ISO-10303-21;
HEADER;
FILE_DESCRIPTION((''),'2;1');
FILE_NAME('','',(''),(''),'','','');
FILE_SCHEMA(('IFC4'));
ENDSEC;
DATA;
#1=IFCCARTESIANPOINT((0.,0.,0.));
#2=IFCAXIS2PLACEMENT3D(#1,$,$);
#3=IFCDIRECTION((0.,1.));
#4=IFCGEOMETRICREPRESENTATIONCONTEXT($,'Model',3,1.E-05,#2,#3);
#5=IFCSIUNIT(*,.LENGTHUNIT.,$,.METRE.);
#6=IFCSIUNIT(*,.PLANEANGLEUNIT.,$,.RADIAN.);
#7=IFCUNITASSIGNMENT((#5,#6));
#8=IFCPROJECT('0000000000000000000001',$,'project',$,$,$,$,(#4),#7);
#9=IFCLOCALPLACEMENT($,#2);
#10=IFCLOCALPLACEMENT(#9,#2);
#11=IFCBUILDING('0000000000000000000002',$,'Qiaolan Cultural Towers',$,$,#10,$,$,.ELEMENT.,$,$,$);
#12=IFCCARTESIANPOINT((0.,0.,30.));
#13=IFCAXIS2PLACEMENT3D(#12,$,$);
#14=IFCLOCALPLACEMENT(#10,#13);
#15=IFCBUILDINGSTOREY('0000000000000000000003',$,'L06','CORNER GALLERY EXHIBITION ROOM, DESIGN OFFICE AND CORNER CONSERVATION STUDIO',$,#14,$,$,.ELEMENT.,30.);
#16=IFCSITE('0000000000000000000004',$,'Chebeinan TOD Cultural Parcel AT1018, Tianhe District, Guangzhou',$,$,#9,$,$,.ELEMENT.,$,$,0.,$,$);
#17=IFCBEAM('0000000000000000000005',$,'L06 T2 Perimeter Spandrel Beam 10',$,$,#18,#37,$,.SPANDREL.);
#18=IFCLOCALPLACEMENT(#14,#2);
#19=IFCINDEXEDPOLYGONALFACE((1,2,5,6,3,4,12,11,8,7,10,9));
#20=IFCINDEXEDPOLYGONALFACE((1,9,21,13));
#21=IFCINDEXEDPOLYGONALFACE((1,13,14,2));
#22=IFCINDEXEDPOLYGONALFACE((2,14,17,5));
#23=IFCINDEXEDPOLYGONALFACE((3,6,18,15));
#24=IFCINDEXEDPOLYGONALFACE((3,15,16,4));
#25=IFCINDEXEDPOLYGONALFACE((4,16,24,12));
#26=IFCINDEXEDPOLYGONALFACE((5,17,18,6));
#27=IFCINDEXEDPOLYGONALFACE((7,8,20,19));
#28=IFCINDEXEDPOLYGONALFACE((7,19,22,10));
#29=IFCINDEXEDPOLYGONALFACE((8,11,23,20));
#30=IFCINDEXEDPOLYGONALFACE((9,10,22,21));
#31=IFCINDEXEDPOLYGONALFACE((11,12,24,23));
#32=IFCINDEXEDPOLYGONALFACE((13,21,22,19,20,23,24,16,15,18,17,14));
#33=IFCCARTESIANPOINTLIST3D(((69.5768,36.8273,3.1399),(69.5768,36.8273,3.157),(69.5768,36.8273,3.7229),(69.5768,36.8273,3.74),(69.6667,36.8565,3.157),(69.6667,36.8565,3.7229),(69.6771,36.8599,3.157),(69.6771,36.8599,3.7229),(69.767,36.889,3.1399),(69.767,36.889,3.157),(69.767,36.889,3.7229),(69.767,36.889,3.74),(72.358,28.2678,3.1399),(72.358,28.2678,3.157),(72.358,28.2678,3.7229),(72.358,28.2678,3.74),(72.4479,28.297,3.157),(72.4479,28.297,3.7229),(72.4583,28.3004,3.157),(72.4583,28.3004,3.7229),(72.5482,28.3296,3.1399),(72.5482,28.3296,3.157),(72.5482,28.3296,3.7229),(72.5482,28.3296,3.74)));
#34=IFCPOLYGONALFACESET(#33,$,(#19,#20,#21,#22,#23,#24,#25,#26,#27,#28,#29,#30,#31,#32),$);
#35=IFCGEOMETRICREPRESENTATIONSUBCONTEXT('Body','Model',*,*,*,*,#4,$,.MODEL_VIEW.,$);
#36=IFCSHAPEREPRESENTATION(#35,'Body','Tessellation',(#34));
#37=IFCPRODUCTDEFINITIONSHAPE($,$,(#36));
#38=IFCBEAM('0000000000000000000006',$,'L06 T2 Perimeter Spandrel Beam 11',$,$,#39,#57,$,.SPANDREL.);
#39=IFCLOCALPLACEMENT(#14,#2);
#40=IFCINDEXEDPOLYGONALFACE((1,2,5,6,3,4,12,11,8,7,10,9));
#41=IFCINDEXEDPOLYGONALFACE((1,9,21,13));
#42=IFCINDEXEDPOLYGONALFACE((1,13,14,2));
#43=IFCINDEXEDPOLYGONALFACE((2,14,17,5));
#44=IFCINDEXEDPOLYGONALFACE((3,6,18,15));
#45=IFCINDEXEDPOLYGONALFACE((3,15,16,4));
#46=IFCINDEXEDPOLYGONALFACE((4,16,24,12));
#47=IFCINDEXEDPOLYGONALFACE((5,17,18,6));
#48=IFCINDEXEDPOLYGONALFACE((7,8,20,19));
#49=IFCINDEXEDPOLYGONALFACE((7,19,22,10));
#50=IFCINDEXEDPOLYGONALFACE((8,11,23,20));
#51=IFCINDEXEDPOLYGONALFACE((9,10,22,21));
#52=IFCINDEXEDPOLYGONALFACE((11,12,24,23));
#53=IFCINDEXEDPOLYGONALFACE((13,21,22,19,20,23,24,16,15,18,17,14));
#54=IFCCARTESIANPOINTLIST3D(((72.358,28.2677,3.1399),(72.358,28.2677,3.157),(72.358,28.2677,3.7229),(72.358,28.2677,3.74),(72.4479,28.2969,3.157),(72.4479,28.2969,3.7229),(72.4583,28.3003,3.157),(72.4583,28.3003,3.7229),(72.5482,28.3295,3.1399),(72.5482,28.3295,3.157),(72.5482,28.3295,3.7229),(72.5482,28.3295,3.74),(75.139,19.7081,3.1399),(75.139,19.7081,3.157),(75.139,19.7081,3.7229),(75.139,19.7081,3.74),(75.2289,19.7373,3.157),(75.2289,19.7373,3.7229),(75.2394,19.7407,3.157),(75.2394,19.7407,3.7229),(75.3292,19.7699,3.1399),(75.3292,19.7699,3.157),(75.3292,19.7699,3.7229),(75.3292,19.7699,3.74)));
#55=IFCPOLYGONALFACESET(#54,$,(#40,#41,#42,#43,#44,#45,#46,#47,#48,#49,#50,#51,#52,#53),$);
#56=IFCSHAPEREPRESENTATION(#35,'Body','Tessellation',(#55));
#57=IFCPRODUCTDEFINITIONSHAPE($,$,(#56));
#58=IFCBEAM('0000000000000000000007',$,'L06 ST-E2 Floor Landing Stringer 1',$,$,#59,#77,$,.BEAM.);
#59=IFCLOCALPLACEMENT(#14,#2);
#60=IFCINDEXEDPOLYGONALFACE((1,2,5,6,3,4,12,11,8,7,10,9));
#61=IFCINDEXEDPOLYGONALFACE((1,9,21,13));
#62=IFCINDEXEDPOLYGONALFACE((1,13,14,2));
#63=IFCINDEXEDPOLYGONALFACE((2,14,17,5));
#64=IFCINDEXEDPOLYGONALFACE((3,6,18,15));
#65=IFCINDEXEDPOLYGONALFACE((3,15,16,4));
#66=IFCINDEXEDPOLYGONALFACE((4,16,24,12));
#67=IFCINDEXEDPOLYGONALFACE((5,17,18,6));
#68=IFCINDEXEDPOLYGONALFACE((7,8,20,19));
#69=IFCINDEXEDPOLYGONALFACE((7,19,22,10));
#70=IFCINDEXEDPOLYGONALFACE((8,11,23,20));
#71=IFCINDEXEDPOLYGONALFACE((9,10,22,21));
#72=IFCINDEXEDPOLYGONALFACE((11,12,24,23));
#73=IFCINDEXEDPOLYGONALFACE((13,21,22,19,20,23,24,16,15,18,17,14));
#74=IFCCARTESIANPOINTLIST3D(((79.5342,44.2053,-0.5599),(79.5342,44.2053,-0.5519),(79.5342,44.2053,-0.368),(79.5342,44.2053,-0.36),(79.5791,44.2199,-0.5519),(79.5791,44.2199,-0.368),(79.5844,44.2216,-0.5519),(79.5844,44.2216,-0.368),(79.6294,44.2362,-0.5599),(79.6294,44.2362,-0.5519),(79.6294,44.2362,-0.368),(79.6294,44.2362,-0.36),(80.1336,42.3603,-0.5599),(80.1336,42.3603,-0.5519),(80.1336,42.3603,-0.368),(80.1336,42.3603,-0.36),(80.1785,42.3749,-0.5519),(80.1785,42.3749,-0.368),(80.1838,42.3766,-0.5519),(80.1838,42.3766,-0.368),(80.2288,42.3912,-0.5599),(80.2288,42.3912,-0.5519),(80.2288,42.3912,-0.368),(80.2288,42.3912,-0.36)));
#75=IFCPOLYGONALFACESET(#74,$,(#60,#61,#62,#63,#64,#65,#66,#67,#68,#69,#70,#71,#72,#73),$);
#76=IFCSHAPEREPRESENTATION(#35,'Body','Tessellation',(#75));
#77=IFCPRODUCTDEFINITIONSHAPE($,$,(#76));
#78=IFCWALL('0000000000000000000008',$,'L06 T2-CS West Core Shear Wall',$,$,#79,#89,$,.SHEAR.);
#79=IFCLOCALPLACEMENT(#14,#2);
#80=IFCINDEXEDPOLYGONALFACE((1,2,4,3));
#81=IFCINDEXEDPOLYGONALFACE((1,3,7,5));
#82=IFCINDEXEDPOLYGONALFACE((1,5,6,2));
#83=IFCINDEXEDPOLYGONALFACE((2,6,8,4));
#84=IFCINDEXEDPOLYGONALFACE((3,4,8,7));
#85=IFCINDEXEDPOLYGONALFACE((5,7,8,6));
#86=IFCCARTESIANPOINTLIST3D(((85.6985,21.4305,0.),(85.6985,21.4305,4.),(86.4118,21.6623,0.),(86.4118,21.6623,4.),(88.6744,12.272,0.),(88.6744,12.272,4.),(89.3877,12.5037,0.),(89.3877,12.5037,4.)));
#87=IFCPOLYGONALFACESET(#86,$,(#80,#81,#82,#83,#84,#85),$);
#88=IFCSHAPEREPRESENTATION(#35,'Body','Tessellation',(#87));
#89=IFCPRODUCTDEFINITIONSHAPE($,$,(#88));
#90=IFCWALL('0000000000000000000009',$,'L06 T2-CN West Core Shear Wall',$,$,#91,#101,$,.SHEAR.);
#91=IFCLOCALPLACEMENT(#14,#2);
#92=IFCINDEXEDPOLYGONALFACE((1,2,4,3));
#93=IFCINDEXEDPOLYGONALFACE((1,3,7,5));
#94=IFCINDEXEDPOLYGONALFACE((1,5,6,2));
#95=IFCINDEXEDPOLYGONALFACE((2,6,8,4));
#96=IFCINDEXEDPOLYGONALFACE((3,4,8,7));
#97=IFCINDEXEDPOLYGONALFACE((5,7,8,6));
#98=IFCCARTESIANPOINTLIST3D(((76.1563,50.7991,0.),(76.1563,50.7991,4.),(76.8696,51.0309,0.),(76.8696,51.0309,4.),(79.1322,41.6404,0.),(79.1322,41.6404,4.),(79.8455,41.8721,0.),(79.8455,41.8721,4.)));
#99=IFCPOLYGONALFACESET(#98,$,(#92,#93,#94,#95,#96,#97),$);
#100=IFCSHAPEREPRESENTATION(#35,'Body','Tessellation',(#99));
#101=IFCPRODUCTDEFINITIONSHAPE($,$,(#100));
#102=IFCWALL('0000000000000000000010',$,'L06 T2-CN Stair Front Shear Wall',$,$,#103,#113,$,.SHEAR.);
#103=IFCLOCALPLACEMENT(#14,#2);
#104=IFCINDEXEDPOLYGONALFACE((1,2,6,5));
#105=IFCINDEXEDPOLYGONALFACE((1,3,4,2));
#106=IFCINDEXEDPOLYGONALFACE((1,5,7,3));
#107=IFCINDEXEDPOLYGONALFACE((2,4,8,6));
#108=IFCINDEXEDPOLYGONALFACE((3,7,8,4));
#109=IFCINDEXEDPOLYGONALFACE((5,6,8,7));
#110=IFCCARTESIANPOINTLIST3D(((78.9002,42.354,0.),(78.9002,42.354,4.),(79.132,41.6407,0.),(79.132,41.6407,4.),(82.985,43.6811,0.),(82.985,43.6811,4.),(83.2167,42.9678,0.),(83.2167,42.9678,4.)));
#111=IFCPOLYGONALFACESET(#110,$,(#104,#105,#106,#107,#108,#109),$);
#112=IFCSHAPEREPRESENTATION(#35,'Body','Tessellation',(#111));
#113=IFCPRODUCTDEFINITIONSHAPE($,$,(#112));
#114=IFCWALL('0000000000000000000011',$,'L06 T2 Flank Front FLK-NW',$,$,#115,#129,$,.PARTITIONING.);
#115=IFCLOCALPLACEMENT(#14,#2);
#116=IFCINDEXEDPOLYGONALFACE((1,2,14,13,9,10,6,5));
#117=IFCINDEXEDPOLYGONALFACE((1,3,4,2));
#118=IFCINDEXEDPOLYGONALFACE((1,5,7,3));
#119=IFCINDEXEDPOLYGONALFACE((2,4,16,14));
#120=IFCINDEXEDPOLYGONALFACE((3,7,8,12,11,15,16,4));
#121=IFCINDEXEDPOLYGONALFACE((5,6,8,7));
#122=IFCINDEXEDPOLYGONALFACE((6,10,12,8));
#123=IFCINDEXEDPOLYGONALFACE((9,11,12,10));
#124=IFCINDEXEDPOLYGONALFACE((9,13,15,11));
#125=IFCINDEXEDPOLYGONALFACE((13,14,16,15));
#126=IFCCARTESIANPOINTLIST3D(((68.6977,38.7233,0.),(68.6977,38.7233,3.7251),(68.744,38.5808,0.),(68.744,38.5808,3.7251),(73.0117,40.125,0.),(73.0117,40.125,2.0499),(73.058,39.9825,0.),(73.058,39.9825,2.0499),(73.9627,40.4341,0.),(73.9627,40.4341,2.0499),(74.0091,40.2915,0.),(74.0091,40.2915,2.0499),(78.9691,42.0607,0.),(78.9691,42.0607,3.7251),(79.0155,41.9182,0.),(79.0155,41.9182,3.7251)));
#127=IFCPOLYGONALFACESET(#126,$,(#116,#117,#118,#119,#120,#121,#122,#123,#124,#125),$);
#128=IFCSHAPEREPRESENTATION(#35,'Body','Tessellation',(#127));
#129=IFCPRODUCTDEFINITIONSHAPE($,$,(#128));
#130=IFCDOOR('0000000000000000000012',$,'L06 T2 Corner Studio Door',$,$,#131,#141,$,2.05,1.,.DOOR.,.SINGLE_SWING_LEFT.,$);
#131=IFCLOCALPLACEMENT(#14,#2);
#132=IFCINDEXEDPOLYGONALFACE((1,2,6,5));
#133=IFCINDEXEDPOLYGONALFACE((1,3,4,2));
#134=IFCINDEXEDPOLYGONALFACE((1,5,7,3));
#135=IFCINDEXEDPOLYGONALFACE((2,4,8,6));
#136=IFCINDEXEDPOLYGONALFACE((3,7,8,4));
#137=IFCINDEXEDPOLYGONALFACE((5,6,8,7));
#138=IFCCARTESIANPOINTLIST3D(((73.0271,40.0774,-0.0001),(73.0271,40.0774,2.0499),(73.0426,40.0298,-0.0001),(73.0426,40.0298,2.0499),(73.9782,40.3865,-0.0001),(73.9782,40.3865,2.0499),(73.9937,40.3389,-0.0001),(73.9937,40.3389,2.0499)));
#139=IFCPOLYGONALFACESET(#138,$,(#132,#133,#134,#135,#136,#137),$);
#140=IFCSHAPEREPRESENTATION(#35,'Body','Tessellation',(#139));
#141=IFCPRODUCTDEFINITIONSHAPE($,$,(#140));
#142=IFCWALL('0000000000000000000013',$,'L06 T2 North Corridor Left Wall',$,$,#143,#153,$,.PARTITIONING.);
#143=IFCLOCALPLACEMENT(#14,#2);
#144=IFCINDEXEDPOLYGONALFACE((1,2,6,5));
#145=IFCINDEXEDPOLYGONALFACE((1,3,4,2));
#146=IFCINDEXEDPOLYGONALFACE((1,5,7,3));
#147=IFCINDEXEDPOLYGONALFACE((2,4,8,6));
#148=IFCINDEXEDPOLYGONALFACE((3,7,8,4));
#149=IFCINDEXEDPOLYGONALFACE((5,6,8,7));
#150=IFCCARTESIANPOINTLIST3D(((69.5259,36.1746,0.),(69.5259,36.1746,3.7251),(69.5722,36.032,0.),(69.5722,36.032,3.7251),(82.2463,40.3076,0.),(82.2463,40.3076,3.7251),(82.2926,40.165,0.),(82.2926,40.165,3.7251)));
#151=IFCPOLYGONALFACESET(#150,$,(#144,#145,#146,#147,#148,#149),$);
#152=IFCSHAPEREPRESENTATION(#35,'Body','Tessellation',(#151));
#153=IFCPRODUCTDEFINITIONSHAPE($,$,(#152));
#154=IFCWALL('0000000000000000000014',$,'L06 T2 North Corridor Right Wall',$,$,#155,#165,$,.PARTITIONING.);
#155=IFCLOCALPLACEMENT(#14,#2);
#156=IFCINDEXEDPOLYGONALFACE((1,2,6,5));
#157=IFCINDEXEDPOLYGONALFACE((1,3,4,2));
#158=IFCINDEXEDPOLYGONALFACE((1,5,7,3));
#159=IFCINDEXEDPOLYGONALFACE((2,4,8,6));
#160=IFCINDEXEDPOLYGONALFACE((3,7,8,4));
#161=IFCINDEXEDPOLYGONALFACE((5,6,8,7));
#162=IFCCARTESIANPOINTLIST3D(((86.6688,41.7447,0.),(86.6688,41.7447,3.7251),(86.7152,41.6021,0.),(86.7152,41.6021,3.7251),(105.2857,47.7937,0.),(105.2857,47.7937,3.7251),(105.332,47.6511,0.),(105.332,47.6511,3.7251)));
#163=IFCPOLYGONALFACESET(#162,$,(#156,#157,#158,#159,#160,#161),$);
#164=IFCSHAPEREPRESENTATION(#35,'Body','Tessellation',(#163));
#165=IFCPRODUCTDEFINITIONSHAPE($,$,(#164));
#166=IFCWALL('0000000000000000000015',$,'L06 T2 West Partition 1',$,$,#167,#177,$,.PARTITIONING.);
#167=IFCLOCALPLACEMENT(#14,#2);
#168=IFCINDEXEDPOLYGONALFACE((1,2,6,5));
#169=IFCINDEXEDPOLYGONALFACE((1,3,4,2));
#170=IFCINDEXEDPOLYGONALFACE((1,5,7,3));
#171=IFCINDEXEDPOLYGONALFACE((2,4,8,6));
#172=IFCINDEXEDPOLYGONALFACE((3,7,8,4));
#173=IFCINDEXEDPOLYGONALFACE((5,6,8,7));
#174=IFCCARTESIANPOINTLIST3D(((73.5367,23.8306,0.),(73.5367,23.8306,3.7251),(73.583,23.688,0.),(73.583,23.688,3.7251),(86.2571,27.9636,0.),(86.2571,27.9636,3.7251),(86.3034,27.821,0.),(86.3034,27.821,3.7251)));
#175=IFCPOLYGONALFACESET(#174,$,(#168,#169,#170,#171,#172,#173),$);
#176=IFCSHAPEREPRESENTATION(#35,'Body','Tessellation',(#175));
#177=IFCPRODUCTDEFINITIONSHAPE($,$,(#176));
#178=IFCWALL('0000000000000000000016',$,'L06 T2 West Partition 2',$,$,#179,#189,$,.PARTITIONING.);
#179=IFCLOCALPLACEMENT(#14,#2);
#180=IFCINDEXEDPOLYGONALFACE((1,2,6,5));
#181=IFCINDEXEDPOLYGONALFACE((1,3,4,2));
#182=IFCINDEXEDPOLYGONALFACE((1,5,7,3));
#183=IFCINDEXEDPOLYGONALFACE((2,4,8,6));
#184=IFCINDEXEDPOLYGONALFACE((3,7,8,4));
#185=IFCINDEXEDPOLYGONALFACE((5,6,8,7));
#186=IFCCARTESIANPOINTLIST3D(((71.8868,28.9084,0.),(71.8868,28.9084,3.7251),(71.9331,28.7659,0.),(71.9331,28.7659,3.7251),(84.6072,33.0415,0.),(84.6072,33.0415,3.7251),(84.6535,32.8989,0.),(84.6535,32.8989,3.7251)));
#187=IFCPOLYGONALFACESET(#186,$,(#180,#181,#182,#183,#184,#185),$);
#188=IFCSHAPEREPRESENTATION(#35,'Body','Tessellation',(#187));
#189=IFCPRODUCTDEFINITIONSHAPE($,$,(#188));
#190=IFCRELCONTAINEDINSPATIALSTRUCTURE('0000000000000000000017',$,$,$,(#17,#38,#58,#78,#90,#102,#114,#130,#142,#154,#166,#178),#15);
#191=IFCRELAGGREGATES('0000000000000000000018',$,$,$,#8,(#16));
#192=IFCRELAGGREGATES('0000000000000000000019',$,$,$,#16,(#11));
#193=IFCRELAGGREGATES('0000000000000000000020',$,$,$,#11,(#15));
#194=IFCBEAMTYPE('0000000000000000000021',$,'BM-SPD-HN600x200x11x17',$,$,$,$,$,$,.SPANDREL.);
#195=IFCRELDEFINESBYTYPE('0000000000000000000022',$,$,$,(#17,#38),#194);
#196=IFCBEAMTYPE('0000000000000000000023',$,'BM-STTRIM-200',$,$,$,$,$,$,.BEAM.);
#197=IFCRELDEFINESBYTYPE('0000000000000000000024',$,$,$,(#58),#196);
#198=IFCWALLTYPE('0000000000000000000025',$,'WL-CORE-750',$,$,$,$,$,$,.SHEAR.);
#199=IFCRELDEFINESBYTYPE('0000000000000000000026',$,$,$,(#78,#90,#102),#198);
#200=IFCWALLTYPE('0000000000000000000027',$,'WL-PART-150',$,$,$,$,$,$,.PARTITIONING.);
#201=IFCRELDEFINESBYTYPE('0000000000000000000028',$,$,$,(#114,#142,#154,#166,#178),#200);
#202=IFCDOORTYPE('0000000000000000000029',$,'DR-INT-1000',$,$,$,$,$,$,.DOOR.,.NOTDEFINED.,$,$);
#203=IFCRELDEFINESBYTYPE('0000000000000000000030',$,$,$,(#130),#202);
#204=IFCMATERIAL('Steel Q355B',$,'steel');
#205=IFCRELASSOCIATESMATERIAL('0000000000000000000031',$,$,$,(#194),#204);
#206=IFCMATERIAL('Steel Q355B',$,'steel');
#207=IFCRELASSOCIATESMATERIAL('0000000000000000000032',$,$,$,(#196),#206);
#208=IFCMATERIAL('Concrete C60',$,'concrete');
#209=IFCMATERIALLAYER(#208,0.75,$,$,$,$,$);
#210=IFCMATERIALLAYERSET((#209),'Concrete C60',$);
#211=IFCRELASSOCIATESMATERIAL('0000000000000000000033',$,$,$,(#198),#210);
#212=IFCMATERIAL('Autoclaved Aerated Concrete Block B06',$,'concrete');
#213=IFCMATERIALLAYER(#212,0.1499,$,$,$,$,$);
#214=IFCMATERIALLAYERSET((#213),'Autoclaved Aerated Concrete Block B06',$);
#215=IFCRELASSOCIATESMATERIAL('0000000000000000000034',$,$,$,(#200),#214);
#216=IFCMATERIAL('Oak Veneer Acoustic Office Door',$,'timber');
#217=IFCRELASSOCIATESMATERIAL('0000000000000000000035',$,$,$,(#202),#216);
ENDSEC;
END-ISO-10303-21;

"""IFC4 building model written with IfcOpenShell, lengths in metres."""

from ifc_helpers import new_model, si_unit, direction, frame, frame_2d, origin, origin_2d, place, context, subcontext, project, spatial, rectangle, i_section, extrude, material, layer, layer_set, material_profile, profile_set, type_object, element, fill, save


model = new_model("IFC4")

# Units and contexts
model_context = context("Model", 3, precision=1e-05, world=origin(), true_north=direction((0.0, 1.0)))
body_context = subcontext(model_context, "Body", "Model", "MODEL_VIEW")
ifc_project = project(units=[si_unit("LENGTHUNIT", "METRE"), si_unit("PLANEANGLEUNIT", "RADIAN")], contexts=[model_context])

# Site, building, storey
site_placement = place(None, origin())
site = spatial("IfcSite", under=ifc_project, at=site_placement, Name="Chebeinan TOD Cultural Parcel AT1018, Tianhe District, Guangzhou", CompositionType="ELEMENT", RefElevation=0.0)
building_placement = place(site_placement, origin())
building = spatial("IfcBuilding", under=site, at=building_placement, Name="Qiaolan Cultural Towers", CompositionType="ELEMENT")
storey_placement = place(building_placement, frame((0.0, 0.0, 30.0)))
storey = spatial("IfcBuildingStorey", under=building, at=storey_placement, Name="L06", Description="CORNER GALLERY EXHIBITION ROOM, DESIGN OFFICE AND CORNER CONSERVATION STUDIO", CompositionType="ELEMENT", Elevation=30.0)

# Beams
ifc_material_1 = material(Name="Steel Q355B", Category="steel")
ifc_material_profile_1 = material_profile(ifc_material_1, i_section(OverallWidth=0.2, OverallDepth=0.6001, WebThickness=0.011, FlangeThickness=0.0171, at=origin_2d()), Name="HN600x200x11x17")
ifc_profile_set_1 = profile_set([ifc_material_profile_1], Name="Steel Q355B")
beam_type_1 = type_object("IfcBeamType", Name="BM-SPD-HN600x200x11x17", PredefinedType="SPANDREL", material=ifc_profile_set_1)
for number, where, z_axis, x_axis, name in (
    (1, (69.6719, 36.8582, 3.4399), (0.309025, -0.951054, 0.0), (0.951054, 0.309025, 0.0), "L06 T2 Perimeter Spandrel Beam 10"),
    (2, (72.4531, 28.2986, 3.4399), (0.309, -0.951062, 0.0), (0.951062, 0.309, 0.0), "L06 T2 Perimeter Spandrel Beam 11"),
):
    element("IfcBeam", number, at=place(storey_placement, frame(where, z_axis=z_axis, x_axis=x_axis)), inside=storey, type_object=beam_type_1, Name=name, PredefinedType="SPANDREL", context=body_context, shape_type="SweptSolid", body=[
        extrude(i_section(OverallWidth=0.2, OverallDepth=0.6001, WebThickness=0.011, FlangeThickness=0.0171, at=origin_2d()), origin(), (0.0, 0.0, 1.0), 9.0),
    ])
ifc_material_2 = material(Name="Steel Q355B", Category="steel")
ifc_material_profile_2 = material_profile(ifc_material_2, i_section(OverallWidth=0.1001, OverallDepth=0.2, WebThickness=0.0056, FlangeThickness=0.0081, at=origin_2d()), Name="HN200x100x5.5x8")
ifc_profile_set_2 = profile_set([ifc_material_profile_2], Name="Steel Q355B")
beam_type_2 = type_object("IfcBeamType", Name="BM-STTRIM-200", PredefinedType="BEAM", material=ifc_profile_set_2)
beam_1_placement = place(storey_placement, frame((80.1812, 42.3757, -0.46), z_axis=(-0.308969, 0.951072, 0.0), x_axis=(-0.951072, -0.308969, 0.0)))
element("IfcBeam", 3, at=beam_1_placement, inside=storey, type_object=beam_type_2, Name="L06 ST-E2 Floor Landing Stringer 1", PredefinedType="BEAM", context=body_context, shape_type="SweptSolid", body=[
    extrude(i_section(OverallWidth=0.1001, OverallDepth=0.2, WebThickness=0.0056, FlangeThickness=0.0081, at=origin_2d()), origin(), (0.0, 0.0, 1.0), 1.9399),
])

# Walls
ifc_material_3 = material(Name="Concrete C60", Category="concrete")
ifc_layer_1 = layer(ifc_material_3, 0.75)
ifc_layer_set_1 = layer_set([ifc_layer_1], Name="Concrete C60")
wall_type_1 = type_object("IfcWallType", Name="WL-CORE-750", PredefinedType="SHEAR", material=ifc_layer_set_1)
wall_1_placement = place(storey_placement, frame((86.0552, 21.5464, 0.0), z_axis=(0.0, 0.0, 1.0), x_axis=(0.309024, -0.951054, 0.0)))
element("IfcWall", 4, at=wall_1_placement, inside=storey, type_object=wall_type_1, Name="L06 T2-CS West Core Shear Wall", PredefinedType="SHEAR", context=body_context, shape_type="SweptSolid", body=[
    extrude(rectangle(XDim=9.6299, YDim=0.75, at=frame_2d((4.8149, 0.0))), origin(), (0.0, 0.0, 1.0), 4.0),
])
wall_2_placement = place(storey_placement, frame((79.4888, 41.7563, 0.0), z_axis=(0.0, 0.0, 1.0), x_axis=(-0.309016, 0.951057, 0.0)))
element("IfcWall", 5, at=wall_2_placement, inside=storey, type_object=wall_type_1, Name="L06 T2-CN West Core Shear Wall", PredefinedType="SHEAR", context=body_context, shape_type="SweptSolid", body=[
    extrude(rectangle(XDim=9.6301, YDim=0.75, at=frame_2d((4.8149, 0.0))), origin(), (0.0, 0.0, 1.0), 4.0),
])
wall_3_placement = place(storey_placement, frame((79.0161, 41.9973, 0.0), z_axis=(0.0, 0.0, 1.0), x_axis=(0.95106, 0.309005, 0.0)))
element("IfcWall", 6, at=wall_3_placement, inside=storey, type_object=wall_type_1, Name="L06 T2-CN Stair Front Shear Wall", PredefinedType="SHEAR", context=body_context, shape_type="SweptSolid", body=[
    extrude(rectangle(XDim=4.2949, YDim=0.75, at=frame_2d((2.1475, 0.0))), origin(), (0.0, 0.0, 1.0), 4.0),
])

# Wall, opening, door
ifc_material_4 = material(Name="Autoclaved Aerated Concrete Block B06", Category="concrete")
ifc_layer_2 = layer(ifc_material_4, 0.1499)
ifc_layer_set_2 = layer_set([ifc_layer_2], Name="Autoclaved Aerated Concrete Block B06")
wall_type_2 = type_object("IfcWallType", Name="WL-PART-150", PredefinedType="PARTITIONING", material=ifc_layer_set_2)
wall_4_placement = place(storey_placement, frame((68.7209, 38.6521, 0.0), z_axis=(0.0, 0.0, 1.0), x_axis=(0.951057, 0.309017, 0.0)))
wall_4 = element("IfcWall", 7, at=wall_4_placement, inside=storey, type_object=wall_type_2, Name="L06 T2 Flank Front FLK-NW", PredefinedType="PARTITIONING", context=body_context, shape_type="SweptSolid", body=[
    extrude(rectangle(XDim=10.8, YDim=0.1499, at=frame_2d((5.3999, 0.0))), origin(), (0.0, 0.0, 1.0), 3.7251),
])
opening_placement = place(wall_4_placement, frame((4.5359, 0.0, 0.0)))
opening = element("IfcOpeningElement", 8, at=opening_placement, cuts=wall_4, PredefinedType="OPENING", context=body_context, shape_type="SweptSolid", body=[
    extrude(rectangle(XDim=1.0, YDim=2.05, at=frame_2d((0.5, 1.0249))), frame((0.0, 0.085, 0.0), z_axis=(0.0, -1.0, 0.0), x_axis=(1.0, 0.0, 0.0)), (0.0, 0.0, 1.0), 0.1699),
])
ifc_material_5 = material(Name="Oak Veneer Acoustic Office Door", Category="timber")
door_type = type_object("IfcDoorType", Name="DR-INT-1000", OperationType="NOTDEFINED", PredefinedType="DOOR", material=ifc_material_5)
door_placement = place(opening_placement, origin())
door = element("IfcDoor", 9, at=door_placement, inside=storey, type_object=door_type, Name="L06 T2 Corner Studio Door", OperationType="SINGLE_SWING_LEFT", OverallHeight=2.05, OverallWidth=1.0, PredefinedType="DOOR", context=body_context, shape_type="SweptSolid", body=[
    extrude(rectangle(XDim=1.0, YDim=2.05, at=frame_2d((0.5, 1.0249))), frame((0.0, 0.0249, 0.0), z_axis=(0.0, -1.0, 0.0), x_axis=(1.0, 0.0, 0.0)), (0.0, 0.0, 1.0), 0.05),
])
fill(opening, door)

# Walls
wall_5_placement = place(storey_placement, frame((69.5491, 36.1033, 0.0), z_axis=(0.0, 0.0, 1.0), x_axis=(0.951058, 0.309012, 0.0)))
element("IfcWall", 10, at=wall_5_placement, inside=storey, type_object=wall_type_2, Name="L06 T2 North Corridor Left Wall", PredefinedType="PARTITIONING", context=body_context, shape_type="SweptSolid", body=[
    extrude(rectangle(XDim=13.375, YDim=0.1499, at=frame_2d((6.6875, 0.0))), origin(), (0.0, 0.0, 1.0), 3.7251),
])
wall_6_placement = place(storey_placement, frame((86.6919, 41.6733, 0.0), z_axis=(0.0, 0.0, 1.0), x_axis=(0.951056, 0.30902, 0.0)))
element("IfcWall", 11, at=wall_6_placement, inside=storey, type_object=wall_type_2, Name="L06 T2 North Corridor Right Wall", PredefinedType="PARTITIONING", context=body_context, shape_type="SweptSolid", body=[
    extrude(rectangle(XDim=19.575, YDim=0.1499, at=frame_2d((9.7876, 0.0))), origin(), (0.0, 0.0, 1.0), 3.7251),
])
for number, where, z_axis, x_axis, name in (
    (12, (73.5598, 23.7593, 0.0), (0.0, 0.0, 1.0), (0.951058, 0.309012, 0.0), "L06 T2 West Partition 1"),
    (13, (71.9099, 28.8372, 0.0), (0.0, 0.0, 1.0), (0.951058, 0.309012, 0.0), "L06 T2 West Partition 2"),
):
    element("IfcWall", number, at=place(storey_placement, frame(where, z_axis=z_axis, x_axis=x_axis)), inside=storey, type_object=wall_type_2, Name=name, PredefinedType="PARTITIONING", context=body_context, shape_type="SweptSolid", body=[
        extrude(rectangle(XDim=13.375, YDim=0.1499, at=frame_2d((6.6875, 0.0))), origin(), (0.0, 0.0, 1.0), 3.7251),
    ])

save(model, "model.ifc")
